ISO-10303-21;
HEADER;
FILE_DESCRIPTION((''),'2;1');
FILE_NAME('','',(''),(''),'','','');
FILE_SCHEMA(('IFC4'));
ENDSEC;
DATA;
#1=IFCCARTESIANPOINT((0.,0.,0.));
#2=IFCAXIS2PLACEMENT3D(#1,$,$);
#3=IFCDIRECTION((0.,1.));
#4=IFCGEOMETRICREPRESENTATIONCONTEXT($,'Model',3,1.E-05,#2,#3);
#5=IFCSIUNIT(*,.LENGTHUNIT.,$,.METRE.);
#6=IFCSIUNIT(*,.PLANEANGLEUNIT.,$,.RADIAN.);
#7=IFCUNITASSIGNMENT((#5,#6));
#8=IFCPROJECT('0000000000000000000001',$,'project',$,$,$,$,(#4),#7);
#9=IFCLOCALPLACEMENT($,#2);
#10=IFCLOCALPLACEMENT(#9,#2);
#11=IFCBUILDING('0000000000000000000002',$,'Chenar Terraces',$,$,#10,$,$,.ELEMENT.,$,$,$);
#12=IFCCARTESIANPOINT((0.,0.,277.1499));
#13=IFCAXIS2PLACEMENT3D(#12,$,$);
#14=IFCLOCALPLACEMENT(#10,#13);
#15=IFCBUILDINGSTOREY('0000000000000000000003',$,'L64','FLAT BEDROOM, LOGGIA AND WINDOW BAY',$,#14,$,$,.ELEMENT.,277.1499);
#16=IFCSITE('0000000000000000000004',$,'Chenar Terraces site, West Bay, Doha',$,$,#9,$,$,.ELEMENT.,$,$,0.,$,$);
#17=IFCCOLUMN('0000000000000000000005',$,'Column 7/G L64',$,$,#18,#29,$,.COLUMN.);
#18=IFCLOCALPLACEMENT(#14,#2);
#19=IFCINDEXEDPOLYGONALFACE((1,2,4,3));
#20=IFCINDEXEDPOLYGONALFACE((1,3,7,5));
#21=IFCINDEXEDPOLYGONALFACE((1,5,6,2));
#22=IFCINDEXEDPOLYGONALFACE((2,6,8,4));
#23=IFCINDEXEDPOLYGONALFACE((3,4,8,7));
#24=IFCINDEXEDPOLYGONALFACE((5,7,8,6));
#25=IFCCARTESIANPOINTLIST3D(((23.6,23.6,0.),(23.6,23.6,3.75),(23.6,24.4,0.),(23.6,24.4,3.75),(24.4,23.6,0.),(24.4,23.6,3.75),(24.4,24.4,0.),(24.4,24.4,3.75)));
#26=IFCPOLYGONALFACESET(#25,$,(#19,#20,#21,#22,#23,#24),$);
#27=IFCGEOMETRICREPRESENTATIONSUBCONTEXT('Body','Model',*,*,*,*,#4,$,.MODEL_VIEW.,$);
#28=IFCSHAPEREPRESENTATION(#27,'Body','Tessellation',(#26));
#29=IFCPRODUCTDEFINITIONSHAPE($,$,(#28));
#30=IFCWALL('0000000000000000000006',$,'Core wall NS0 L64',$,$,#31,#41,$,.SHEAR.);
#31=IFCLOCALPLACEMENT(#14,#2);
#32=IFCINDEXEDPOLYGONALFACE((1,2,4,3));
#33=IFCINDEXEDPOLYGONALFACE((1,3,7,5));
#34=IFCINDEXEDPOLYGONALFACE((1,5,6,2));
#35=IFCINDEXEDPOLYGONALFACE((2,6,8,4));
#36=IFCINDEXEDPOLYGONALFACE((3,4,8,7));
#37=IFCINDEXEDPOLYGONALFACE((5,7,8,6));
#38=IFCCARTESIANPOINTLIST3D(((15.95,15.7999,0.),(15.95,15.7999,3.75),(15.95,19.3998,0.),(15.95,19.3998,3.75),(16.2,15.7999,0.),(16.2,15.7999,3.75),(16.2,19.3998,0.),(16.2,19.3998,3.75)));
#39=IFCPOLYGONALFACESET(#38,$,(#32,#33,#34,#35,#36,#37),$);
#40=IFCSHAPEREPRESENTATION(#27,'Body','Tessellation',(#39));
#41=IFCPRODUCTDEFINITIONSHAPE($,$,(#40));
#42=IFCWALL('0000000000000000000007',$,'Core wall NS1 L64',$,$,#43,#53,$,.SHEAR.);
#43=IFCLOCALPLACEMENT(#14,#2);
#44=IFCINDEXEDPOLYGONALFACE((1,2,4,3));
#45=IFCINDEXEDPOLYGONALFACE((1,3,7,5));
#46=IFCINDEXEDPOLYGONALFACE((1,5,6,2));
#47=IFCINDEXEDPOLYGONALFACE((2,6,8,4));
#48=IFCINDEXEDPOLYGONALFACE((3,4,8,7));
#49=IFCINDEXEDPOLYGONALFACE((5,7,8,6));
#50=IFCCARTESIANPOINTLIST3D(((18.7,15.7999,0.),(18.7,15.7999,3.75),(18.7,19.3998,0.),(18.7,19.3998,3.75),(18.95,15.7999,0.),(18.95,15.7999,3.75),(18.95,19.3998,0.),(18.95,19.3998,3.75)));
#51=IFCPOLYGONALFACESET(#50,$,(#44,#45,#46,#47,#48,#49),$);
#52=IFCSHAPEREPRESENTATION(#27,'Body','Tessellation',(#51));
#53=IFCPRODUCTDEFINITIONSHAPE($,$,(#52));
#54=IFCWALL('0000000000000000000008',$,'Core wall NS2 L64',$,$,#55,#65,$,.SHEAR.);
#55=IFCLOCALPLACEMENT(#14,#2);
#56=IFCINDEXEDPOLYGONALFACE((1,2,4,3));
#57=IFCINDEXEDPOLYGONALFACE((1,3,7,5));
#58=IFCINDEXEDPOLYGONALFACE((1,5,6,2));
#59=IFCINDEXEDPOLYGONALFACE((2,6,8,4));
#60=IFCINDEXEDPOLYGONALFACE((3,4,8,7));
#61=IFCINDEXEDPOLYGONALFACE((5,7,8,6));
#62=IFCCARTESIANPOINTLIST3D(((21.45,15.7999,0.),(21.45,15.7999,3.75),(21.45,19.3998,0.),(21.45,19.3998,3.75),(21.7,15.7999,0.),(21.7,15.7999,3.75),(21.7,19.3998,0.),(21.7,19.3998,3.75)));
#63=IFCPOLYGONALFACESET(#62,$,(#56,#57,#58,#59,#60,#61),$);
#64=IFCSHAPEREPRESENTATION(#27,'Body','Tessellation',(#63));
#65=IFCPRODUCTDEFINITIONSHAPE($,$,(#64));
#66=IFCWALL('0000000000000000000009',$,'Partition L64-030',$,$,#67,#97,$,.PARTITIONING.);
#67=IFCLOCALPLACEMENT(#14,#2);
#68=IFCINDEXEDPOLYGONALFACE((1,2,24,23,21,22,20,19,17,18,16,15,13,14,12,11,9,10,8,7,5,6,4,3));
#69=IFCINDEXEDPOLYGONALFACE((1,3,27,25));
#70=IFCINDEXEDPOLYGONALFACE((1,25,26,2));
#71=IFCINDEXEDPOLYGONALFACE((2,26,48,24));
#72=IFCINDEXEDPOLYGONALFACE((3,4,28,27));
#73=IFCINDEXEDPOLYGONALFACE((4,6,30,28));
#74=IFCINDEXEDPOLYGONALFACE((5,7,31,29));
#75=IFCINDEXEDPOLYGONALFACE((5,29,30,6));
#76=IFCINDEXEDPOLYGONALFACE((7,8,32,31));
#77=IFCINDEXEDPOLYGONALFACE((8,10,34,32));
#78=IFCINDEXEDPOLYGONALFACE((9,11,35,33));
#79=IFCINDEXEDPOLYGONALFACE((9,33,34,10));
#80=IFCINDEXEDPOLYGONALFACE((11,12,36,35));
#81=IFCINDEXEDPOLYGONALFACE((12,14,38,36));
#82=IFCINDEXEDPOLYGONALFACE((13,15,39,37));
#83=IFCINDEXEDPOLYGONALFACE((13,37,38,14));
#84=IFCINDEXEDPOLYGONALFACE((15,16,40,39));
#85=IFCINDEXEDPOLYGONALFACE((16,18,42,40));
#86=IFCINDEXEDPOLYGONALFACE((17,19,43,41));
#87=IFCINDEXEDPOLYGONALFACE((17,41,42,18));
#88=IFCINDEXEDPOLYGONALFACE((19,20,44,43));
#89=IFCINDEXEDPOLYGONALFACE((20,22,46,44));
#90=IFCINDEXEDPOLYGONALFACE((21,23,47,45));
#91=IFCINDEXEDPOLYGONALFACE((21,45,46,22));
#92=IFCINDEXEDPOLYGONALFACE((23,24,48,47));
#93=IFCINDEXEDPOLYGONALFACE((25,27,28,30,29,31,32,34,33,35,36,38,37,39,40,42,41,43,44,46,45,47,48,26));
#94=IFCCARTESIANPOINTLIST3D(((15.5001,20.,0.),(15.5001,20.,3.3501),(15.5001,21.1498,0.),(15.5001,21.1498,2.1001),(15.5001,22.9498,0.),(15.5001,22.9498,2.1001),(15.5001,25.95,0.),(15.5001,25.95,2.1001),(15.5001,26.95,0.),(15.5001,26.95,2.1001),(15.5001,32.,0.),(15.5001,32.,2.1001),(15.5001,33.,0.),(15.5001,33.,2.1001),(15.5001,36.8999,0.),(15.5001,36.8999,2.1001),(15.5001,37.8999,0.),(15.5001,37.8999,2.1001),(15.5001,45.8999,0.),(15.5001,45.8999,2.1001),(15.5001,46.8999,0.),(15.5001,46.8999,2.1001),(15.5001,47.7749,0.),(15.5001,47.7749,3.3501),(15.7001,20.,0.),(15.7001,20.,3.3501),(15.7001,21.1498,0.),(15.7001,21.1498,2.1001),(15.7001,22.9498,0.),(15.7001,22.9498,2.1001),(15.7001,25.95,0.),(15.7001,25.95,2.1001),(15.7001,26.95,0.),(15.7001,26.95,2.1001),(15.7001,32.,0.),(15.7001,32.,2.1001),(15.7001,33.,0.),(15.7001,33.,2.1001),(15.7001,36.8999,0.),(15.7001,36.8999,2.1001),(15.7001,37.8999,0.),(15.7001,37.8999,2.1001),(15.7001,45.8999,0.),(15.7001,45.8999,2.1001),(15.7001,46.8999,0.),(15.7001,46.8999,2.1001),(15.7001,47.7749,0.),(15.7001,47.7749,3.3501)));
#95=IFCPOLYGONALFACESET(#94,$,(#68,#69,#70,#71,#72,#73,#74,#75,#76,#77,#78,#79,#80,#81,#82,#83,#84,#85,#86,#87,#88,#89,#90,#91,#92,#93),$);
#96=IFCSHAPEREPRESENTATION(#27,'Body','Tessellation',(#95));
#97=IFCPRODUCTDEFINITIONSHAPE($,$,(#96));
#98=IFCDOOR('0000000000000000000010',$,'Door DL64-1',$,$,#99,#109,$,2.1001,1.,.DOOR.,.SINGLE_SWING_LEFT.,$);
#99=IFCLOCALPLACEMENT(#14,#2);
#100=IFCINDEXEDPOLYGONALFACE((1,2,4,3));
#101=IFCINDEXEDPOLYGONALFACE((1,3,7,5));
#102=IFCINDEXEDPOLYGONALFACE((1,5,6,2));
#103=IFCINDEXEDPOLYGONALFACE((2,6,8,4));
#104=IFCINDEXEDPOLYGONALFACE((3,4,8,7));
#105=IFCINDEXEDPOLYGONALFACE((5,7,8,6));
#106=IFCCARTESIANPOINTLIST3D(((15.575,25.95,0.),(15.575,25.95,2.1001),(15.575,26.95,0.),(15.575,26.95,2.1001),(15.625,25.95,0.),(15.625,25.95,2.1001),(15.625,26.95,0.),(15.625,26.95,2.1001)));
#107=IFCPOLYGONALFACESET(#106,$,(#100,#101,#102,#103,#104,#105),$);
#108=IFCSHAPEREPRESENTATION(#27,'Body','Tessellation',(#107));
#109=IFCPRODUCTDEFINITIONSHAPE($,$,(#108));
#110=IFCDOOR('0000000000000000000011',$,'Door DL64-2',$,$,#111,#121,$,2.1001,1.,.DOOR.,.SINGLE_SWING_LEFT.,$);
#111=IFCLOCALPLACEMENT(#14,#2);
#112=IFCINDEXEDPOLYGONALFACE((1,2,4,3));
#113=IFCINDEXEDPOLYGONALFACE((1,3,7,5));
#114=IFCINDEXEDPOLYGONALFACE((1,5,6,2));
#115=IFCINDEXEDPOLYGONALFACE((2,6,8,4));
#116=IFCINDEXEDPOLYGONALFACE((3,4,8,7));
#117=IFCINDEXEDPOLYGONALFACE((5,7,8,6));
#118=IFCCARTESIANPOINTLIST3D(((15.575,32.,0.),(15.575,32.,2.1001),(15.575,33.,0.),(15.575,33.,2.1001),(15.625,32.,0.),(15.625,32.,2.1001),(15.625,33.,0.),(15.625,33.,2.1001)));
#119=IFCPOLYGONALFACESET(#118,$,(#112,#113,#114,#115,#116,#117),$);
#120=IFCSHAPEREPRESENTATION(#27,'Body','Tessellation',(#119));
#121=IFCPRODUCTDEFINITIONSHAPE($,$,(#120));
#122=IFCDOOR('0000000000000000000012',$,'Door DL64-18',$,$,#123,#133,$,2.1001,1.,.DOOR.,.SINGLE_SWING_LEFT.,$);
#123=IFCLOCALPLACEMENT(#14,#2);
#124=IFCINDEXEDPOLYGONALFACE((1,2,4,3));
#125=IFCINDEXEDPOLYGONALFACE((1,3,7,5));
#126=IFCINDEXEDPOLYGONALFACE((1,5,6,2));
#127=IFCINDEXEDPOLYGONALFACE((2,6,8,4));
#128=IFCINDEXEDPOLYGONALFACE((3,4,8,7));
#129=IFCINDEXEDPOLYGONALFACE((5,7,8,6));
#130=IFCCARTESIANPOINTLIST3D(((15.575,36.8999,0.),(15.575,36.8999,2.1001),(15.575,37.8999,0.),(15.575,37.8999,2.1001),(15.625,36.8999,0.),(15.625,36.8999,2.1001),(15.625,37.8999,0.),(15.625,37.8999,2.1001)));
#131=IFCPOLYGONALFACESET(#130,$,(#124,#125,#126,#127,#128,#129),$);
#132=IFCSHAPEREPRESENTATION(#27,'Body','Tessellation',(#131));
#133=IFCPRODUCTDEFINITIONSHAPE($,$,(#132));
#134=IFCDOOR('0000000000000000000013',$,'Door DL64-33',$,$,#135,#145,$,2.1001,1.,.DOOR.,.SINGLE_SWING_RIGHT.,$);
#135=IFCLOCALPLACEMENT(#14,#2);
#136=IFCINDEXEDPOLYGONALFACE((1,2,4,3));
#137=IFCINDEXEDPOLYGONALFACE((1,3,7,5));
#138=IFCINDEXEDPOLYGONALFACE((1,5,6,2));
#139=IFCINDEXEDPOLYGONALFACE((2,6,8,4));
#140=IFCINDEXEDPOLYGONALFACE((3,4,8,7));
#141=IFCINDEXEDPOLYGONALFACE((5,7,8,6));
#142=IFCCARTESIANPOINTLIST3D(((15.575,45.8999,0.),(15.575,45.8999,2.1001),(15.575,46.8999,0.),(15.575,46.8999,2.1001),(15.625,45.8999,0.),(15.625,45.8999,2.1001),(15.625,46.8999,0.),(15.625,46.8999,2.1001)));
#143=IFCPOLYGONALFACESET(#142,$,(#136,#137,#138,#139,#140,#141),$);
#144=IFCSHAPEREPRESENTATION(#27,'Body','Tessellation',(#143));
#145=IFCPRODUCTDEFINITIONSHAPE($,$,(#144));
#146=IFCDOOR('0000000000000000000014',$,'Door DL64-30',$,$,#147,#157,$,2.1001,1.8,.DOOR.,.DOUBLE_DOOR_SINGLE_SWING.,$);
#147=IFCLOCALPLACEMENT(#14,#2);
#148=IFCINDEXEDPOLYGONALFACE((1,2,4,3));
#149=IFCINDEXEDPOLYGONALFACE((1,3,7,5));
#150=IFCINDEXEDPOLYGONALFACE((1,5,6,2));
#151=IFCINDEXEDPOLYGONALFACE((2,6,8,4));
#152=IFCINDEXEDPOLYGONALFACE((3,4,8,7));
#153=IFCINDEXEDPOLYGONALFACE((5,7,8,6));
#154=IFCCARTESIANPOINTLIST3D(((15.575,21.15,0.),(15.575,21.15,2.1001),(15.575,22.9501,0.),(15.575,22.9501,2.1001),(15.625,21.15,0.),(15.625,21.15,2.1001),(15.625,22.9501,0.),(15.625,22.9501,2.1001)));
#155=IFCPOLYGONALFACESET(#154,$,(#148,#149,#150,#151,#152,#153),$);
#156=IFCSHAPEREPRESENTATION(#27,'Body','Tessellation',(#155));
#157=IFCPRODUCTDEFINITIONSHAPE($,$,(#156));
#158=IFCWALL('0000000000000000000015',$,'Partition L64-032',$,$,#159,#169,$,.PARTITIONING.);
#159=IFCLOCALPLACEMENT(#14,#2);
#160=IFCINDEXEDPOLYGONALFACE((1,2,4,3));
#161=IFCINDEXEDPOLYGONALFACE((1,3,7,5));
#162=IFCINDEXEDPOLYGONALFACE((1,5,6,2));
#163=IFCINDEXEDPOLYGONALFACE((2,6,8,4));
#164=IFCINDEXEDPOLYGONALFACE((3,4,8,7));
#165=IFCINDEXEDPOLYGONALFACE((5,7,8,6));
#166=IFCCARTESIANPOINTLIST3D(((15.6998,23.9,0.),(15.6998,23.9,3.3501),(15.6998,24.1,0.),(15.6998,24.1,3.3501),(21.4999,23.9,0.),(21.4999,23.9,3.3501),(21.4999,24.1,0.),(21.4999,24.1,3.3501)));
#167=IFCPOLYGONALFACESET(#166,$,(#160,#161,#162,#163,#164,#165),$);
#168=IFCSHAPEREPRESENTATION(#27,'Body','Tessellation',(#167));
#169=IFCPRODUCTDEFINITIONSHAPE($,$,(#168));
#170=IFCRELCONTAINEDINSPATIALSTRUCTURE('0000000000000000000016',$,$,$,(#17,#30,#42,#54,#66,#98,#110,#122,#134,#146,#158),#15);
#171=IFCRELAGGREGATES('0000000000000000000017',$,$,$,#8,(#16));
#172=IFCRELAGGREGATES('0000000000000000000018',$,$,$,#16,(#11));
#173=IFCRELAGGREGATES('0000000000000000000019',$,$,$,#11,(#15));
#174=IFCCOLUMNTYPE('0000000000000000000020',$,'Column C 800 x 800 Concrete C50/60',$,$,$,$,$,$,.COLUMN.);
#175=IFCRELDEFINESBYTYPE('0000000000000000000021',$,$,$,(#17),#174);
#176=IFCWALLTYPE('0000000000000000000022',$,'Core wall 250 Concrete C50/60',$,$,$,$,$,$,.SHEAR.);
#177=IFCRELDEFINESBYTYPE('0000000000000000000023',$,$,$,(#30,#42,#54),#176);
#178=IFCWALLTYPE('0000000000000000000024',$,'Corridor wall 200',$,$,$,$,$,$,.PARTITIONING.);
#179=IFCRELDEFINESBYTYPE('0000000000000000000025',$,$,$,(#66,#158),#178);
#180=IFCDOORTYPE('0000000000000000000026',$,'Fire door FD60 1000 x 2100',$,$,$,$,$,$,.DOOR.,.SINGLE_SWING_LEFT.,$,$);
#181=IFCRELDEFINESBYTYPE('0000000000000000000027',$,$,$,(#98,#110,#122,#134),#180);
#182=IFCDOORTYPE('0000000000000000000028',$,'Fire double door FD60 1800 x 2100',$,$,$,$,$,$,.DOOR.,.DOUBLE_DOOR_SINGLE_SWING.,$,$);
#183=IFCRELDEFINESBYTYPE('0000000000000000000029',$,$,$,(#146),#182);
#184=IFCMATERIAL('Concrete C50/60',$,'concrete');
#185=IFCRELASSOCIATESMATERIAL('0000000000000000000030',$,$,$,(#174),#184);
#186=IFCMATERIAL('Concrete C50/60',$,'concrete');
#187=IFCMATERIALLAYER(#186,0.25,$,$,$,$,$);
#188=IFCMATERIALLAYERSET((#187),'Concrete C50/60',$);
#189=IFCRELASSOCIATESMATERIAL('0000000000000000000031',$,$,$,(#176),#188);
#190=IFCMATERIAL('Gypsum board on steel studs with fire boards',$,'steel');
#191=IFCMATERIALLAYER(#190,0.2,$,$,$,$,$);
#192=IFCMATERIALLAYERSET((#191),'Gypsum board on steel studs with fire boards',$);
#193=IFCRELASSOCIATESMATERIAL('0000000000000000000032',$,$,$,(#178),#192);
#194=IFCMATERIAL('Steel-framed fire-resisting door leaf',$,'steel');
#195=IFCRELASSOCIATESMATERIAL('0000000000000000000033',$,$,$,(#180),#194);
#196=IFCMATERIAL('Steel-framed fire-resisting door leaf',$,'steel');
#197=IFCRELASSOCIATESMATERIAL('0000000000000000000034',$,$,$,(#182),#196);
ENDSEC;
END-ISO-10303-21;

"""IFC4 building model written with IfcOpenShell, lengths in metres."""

from ifc_helpers import new_model, si_unit, direction, frame, frame_2d, origin, origin_2d, place, context, subcontext, project, spatial, rectangle, extrude, material, layer, layer_set, material_profile, profile_set, type_object, element, fill, save


model = new_model("IFC4")

# Units and contexts
model_context = context("Model", 3, precision=1e-05, world=origin(), true_north=direction((0.0, 1.0)))
body_context = subcontext(model_context, "Body", "Model", "MODEL_VIEW")
ifc_project = project(units=[si_unit("LENGTHUNIT", "METRE"), si_unit("PLANEANGLEUNIT", "RADIAN")], contexts=[model_context])

# Site, building, storey
site_placement = place(None, origin())
site = spatial("IfcSite", under=ifc_project, at=site_placement, Name="Chenar Terraces site, West Bay, Doha", CompositionType="ELEMENT", RefElevation=0.0)
building_placement = place(site_placement, origin())
building = spatial("IfcBuilding", under=site, at=building_placement, Name="Chenar Terraces", CompositionType="ELEMENT")
storey_placement = place(building_placement, frame((0.0, 0.0, 277.1499)))
storey = spatial("IfcBuildingStorey", under=building, at=storey_placement, Name="L64", Description="FLAT BEDROOM, LOGGIA AND WINDOW BAY", CompositionType="ELEMENT", Elevation=277.1499)

# Column
ifc_material_1 = material(Name="Concrete C50/60", Category="concrete")
ifc_material_profile = material_profile(ifc_material_1, rectangle(XDim=0.8, YDim=0.8, at=origin_2d()), Name="C 800 x 800")
ifc_profile_set = profile_set([ifc_material_profile], Name="Concrete C50/60")
column_type = type_object("IfcColumnType", Name="Column C 800 x 800 Concrete C50/60", PredefinedType="COLUMN", material=ifc_profile_set)
column_placement = place(storey_placement, frame((24.0, 24.0, 0.0), z_axis=(0.0, 0.0, 1.0), x_axis=(1.0, 0.0, 0.0)))
element("IfcColumn", 1, at=column_placement, inside=storey, type_object=column_type, Name="Column 7/G L64", PredefinedType="COLUMN", context=body_context, shape_type="SweptSolid", body=[
    extrude(rectangle(XDim=0.8, YDim=0.8, at=origin_2d()), origin(), (0.0, 0.0, 1.0), 3.75),
])

# Walls
ifc_material_2 = material(Name="Concrete C50/60", Category="concrete")
ifc_layer_1 = layer(ifc_material_2, 0.25)
ifc_layer_set_1 = layer_set([ifc_layer_1], Name="Concrete C50/60")
wall_type_1 = type_object("IfcWallType", Name="Core wall 250 Concrete C50/60", PredefinedType="SHEAR", material=ifc_layer_set_1)
for number, where, z_axis, x_axis, name in (
    (2, (16.075, 15.8, 0.0), (0.0, 0.0, 1.0), (0.0, 1.0, 0.0), "Core wall NS0 L64"),
    (3, (18.825, 15.8, 0.0), (0.0, 0.0, 1.0), (0.0, 1.0, 0.0), "Core wall NS1 L64"),
    (4, (21.575, 15.8, 0.0), (0.0, 0.0, 1.0), (0.0, 1.0, 0.0), "Core wall NS2 L64"),
):
    element("IfcWall", number, at=place(storey_placement, frame(where, z_axis=z_axis, x_axis=x_axis)), inside=storey, type_object=wall_type_1, Name=name, PredefinedType="SHEAR", context=body_context, shape_type="SweptSolid", body=[
        extrude(rectangle(XDim=3.5999, YDim=0.25, at=frame_2d((1.7998, 0.0))), origin(), (0.0, 0.0, 1.0), 3.75),
    ])

# Wall, openings, doors
ifc_material_3 = material(Name="Gypsum board on steel studs with fire boards", Category="steel")
ifc_layer_2 = layer(ifc_material_3, 0.2)
ifc_layer_set_2 = layer_set([ifc_layer_2], Name="Gypsum board on steel studs with fire boards")
wall_type_2 = type_object("IfcWallType", Name="Corridor wall 200", PredefinedType="PARTITIONING", material=ifc_layer_set_2)
wall_1_placement = place(storey_placement, frame((15.6001, 20.0, 0.0), z_axis=(0.0, 0.0, 1.0), x_axis=(0.0, 1.0, 0.0)))
wall_1 = element("IfcWall", 5, at=wall_1_placement, inside=storey, type_object=wall_type_2, Name="Partition L64-030", PredefinedType="PARTITIONING", context=body_context, shape_type="SweptSolid", body=[
    extrude(rectangle(XDim=27.7749, YDim=0.2, at=frame_2d((13.8875, 0.0))), origin(), (0.0, 0.0, 1.0), 3.3501),
])
opening_1_placement = place(wall_1_placement, frame((5.95, 0.0, 0.0)))
opening_1 = element("IfcOpeningElement", 6, at=opening_1_placement, cuts=wall_1, PredefinedType="OPENING", context=body_context, shape_type="SweptSolid", body=[
    extrude(rectangle(XDim=1.0, YDim=2.1001, at=frame_2d((0.5, 1.05))), frame((0.0, 0.1099, 0.0), z_axis=(0.0, -1.0, 0.0), x_axis=(1.0, 0.0, 0.0)), (0.0, 0.0, 1.0), 0.22),
])
opening_2_placement = place(wall_1_placement, frame((12.0, 0.0, 0.0)))
opening_2 = element("IfcOpeningElement", 7, at=opening_2_placement, cuts=wall_1, PredefinedType="OPENING", context=body_context, shape_type="SweptSolid", body=[
    extrude(rectangle(XDim=1.0, YDim=2.1001, at=frame_2d((0.5, 1.05))), frame((0.0, 0.1099, 0.0), z_axis=(0.0, -1.0, 0.0), x_axis=(1.0, 0.0, 0.0)), (0.0, 0.0, 1.0), 0.22),
])
opening_3_placement = place(wall_1_placement, frame((16.8999, 0.0, 0.0)))
opening_3 = element("IfcOpeningElement", 8, at=opening_3_placement, cuts=wall_1, PredefinedType="OPENING", context=body_context, shape_type="SweptSolid", body=[
    extrude(rectangle(XDim=1.0, YDim=2.1001, at=frame_2d((0.5, 1.05))), frame((0.0, 0.1099, 0.0), z_axis=(0.0, -1.0, 0.0), x_axis=(1.0, 0.0, 0.0)), (0.0, 0.0, 1.0), 0.22),
])
opening_4_placement = place(wall_1_placement, frame((1.1499, 0.0, 0.0)))
opening_4 = element("IfcOpeningElement", 9, at=opening_4_placement, cuts=wall_1, PredefinedType="OPENING", context=body_context, shape_type="SweptSolid", body=[
    extrude(rectangle(XDim=1.8, YDim=2.1001, at=frame_2d((0.8999, 1.05))), frame((0.0, 0.1099, 0.0), z_axis=(0.0, -1.0, 0.0), x_axis=(1.0, 0.0, 0.0)), (0.0, 0.0, 1.0), 0.22),
])
opening_5_placement = place(wall_1_placement, frame((25.8999, 0.0, 0.0)))
opening_5 = element("IfcOpeningElement", 10, at=opening_5_placement, cuts=wall_1, PredefinedType="OPENING", context=body_context, shape_type="SweptSolid", body=[
    extrude(rectangle(XDim=1.0, YDim=2.1001, at=frame_2d((0.5, 1.05))), frame((0.0, 0.1099, 0.0), z_axis=(0.0, -1.0, 0.0), x_axis=(1.0, 0.0, 0.0)), (0.0, 0.0, 1.0), 0.22),
])
ifc_material_4 = material(Name="Steel-framed fire-resisting door leaf", Category="steel")
door_type_1 = type_object("IfcDoorType", Name="Fire door FD60 1000 x 2100", OperationType="SINGLE_SWING_LEFT", PredefinedType="DOOR", material=ifc_material_4)
door_1_placement = place(opening_1_placement, frame((1.0, 0.0, 0.0), z_axis=(0.0, 0.0, 1.0), x_axis=(-1.0, 0.0, 0.0)))
door_1 = element("IfcDoor", 11, at=door_1_placement, inside=storey, type_object=door_type_1, Name="Door DL64-1", OperationType="SINGLE_SWING_LEFT", OverallHeight=2.1001, OverallWidth=1.0, PredefinedType="DOOR", context=body_context, shape_type="SweptSolid", body=[
    extrude(rectangle(XDim=1.0, YDim=2.1001, at=frame_2d((0.5, 1.05))), frame((0.0, 0.0249, 0.0), z_axis=(0.0, -1.0, 0.0), x_axis=(1.0, 0.0, 0.0)), (0.0, 0.0, 1.0), 0.05),
])
fill(opening_1, door_1)
door_2_placement = place(opening_2_placement, frame((1.0, 0.0, 0.0), z_axis=(0.0, 0.0, 1.0), x_axis=(-1.0, 0.0, 0.0)))
door_2 = element("IfcDoor", 12, at=door_2_placement, inside=storey, type_object=door_type_1, Name="Door DL64-2", OperationType="SINGLE_SWING_LEFT", OverallHeight=2.1001, OverallWidth=1.0, PredefinedType="DOOR", context=body_context, shape_type="SweptSolid", body=[
    extrude(rectangle(XDim=1.0, YDim=2.1001, at=frame_2d((0.5, 1.05))), frame((0.0, 0.0249, 0.0), z_axis=(0.0, -1.0, 0.0), x_axis=(1.0, 0.0, 0.0)), (0.0, 0.0, 1.0), 0.05),
])
fill(opening_2, door_2)
door_3_placement = place(opening_3_placement, frame((1.0, 0.0, 0.0), z_axis=(0.0, 0.0, 1.0), x_axis=(-1.0, 0.0, 0.0)))
door_3 = element("IfcDoor", 13, at=door_3_placement, inside=storey, type_object=door_type_1, Name="Door DL64-18", OperationType="SINGLE_SWING_LEFT", OverallHeight=2.1001, OverallWidth=1.0, PredefinedType="DOOR", context=body_context, shape_type="SweptSolid", body=[
    extrude(rectangle(XDim=1.0, YDim=2.1001, at=frame_2d((0.5, 1.05))), frame((0.0, 0.0249, 0.0), z_axis=(0.0, -1.0, 0.0), x_axis=(1.0, 0.0, 0.0)), (0.0, 0.0, 1.0), 0.05),
])
fill(opening_3, door_3)
door_4_placement = place(opening_5_placement, frame((1.0, 0.0, 0.0), z_axis=(0.0, 0.0, 1.0), x_axis=(-1.0, 0.0, 0.0)))
door_4 = element("IfcDoor", 14, at=door_4_placement, inside=storey, type_object=door_type_1, Name="Door DL64-33", OperationType="SINGLE_SWING_RIGHT", OverallHeight=2.1001, OverallWidth=1.0, PredefinedType="DOOR", context=body_context, shape_type="SweptSolid", body=[
    extrude(rectangle(XDim=1.0, YDim=2.1001, at=frame_2d((0.5, 1.05))), frame((0.0, 0.0249, 0.0), z_axis=(0.0, -1.0, 0.0), x_axis=(1.0, 0.0, 0.0)), (0.0, 0.0, 1.0), 0.05),
])
fill(opening_5, door_4)
ifc_material_5 = material(Name="Steel-framed fire-resisting door leaf", Category="steel")
door_type_2 = type_object("IfcDoorType", Name="Fire double door FD60 1800 x 2100", OperationType="DOUBLE_DOOR_SINGLE_SWING", PredefinedType="DOOR", material=ifc_material_5)
door_5_placement = place(opening_4_placement, frame((1.8, 0.0, 0.0), z_axis=(0.0, 0.0, 1.0), x_axis=(-1.0, 0.0, 0.0)))
door_5 = element("IfcDoor", 15, at=door_5_placement, inside=storey, type_object=door_type_2, Name="Door DL64-30", OperationType="DOUBLE_DOOR_SINGLE_SWING", OverallHeight=2.1001, OverallWidth=1.8, PredefinedType="DOOR", context=body_context, shape_type="SweptSolid", body=[
    extrude(rectangle(XDim=1.8, YDim=2.1001, at=frame_2d((0.8999, 1.05))), frame((0.0, 0.0249, 0.0), z_axis=(0.0, -1.0, 0.0), x_axis=(1.0, 0.0, 0.0)), (0.0, 0.0, 1.0), 0.05),
])
fill(opening_4, door_5)

# Wall
wall_2_placement = place(storey_placement, frame((15.7, 24.0, 0.0), z_axis=(0.0, 0.0, 1.0), x_axis=(1.0, 0.0, 0.0)))
element("IfcWall", 16, at=wall_2_placement, inside=storey, type_object=wall_type_2, Name="Partition L64-032", PredefinedType="PARTITIONING", context=body_context, shape_type="SweptSolid", body=[
    extrude(rectangle(XDim=5.8, YDim=0.2, at=frame_2d((2.8999, 0.0))), origin(), (0.0, 0.0, 1.0), 3.3501),
])

save(model, "model.ifc")
